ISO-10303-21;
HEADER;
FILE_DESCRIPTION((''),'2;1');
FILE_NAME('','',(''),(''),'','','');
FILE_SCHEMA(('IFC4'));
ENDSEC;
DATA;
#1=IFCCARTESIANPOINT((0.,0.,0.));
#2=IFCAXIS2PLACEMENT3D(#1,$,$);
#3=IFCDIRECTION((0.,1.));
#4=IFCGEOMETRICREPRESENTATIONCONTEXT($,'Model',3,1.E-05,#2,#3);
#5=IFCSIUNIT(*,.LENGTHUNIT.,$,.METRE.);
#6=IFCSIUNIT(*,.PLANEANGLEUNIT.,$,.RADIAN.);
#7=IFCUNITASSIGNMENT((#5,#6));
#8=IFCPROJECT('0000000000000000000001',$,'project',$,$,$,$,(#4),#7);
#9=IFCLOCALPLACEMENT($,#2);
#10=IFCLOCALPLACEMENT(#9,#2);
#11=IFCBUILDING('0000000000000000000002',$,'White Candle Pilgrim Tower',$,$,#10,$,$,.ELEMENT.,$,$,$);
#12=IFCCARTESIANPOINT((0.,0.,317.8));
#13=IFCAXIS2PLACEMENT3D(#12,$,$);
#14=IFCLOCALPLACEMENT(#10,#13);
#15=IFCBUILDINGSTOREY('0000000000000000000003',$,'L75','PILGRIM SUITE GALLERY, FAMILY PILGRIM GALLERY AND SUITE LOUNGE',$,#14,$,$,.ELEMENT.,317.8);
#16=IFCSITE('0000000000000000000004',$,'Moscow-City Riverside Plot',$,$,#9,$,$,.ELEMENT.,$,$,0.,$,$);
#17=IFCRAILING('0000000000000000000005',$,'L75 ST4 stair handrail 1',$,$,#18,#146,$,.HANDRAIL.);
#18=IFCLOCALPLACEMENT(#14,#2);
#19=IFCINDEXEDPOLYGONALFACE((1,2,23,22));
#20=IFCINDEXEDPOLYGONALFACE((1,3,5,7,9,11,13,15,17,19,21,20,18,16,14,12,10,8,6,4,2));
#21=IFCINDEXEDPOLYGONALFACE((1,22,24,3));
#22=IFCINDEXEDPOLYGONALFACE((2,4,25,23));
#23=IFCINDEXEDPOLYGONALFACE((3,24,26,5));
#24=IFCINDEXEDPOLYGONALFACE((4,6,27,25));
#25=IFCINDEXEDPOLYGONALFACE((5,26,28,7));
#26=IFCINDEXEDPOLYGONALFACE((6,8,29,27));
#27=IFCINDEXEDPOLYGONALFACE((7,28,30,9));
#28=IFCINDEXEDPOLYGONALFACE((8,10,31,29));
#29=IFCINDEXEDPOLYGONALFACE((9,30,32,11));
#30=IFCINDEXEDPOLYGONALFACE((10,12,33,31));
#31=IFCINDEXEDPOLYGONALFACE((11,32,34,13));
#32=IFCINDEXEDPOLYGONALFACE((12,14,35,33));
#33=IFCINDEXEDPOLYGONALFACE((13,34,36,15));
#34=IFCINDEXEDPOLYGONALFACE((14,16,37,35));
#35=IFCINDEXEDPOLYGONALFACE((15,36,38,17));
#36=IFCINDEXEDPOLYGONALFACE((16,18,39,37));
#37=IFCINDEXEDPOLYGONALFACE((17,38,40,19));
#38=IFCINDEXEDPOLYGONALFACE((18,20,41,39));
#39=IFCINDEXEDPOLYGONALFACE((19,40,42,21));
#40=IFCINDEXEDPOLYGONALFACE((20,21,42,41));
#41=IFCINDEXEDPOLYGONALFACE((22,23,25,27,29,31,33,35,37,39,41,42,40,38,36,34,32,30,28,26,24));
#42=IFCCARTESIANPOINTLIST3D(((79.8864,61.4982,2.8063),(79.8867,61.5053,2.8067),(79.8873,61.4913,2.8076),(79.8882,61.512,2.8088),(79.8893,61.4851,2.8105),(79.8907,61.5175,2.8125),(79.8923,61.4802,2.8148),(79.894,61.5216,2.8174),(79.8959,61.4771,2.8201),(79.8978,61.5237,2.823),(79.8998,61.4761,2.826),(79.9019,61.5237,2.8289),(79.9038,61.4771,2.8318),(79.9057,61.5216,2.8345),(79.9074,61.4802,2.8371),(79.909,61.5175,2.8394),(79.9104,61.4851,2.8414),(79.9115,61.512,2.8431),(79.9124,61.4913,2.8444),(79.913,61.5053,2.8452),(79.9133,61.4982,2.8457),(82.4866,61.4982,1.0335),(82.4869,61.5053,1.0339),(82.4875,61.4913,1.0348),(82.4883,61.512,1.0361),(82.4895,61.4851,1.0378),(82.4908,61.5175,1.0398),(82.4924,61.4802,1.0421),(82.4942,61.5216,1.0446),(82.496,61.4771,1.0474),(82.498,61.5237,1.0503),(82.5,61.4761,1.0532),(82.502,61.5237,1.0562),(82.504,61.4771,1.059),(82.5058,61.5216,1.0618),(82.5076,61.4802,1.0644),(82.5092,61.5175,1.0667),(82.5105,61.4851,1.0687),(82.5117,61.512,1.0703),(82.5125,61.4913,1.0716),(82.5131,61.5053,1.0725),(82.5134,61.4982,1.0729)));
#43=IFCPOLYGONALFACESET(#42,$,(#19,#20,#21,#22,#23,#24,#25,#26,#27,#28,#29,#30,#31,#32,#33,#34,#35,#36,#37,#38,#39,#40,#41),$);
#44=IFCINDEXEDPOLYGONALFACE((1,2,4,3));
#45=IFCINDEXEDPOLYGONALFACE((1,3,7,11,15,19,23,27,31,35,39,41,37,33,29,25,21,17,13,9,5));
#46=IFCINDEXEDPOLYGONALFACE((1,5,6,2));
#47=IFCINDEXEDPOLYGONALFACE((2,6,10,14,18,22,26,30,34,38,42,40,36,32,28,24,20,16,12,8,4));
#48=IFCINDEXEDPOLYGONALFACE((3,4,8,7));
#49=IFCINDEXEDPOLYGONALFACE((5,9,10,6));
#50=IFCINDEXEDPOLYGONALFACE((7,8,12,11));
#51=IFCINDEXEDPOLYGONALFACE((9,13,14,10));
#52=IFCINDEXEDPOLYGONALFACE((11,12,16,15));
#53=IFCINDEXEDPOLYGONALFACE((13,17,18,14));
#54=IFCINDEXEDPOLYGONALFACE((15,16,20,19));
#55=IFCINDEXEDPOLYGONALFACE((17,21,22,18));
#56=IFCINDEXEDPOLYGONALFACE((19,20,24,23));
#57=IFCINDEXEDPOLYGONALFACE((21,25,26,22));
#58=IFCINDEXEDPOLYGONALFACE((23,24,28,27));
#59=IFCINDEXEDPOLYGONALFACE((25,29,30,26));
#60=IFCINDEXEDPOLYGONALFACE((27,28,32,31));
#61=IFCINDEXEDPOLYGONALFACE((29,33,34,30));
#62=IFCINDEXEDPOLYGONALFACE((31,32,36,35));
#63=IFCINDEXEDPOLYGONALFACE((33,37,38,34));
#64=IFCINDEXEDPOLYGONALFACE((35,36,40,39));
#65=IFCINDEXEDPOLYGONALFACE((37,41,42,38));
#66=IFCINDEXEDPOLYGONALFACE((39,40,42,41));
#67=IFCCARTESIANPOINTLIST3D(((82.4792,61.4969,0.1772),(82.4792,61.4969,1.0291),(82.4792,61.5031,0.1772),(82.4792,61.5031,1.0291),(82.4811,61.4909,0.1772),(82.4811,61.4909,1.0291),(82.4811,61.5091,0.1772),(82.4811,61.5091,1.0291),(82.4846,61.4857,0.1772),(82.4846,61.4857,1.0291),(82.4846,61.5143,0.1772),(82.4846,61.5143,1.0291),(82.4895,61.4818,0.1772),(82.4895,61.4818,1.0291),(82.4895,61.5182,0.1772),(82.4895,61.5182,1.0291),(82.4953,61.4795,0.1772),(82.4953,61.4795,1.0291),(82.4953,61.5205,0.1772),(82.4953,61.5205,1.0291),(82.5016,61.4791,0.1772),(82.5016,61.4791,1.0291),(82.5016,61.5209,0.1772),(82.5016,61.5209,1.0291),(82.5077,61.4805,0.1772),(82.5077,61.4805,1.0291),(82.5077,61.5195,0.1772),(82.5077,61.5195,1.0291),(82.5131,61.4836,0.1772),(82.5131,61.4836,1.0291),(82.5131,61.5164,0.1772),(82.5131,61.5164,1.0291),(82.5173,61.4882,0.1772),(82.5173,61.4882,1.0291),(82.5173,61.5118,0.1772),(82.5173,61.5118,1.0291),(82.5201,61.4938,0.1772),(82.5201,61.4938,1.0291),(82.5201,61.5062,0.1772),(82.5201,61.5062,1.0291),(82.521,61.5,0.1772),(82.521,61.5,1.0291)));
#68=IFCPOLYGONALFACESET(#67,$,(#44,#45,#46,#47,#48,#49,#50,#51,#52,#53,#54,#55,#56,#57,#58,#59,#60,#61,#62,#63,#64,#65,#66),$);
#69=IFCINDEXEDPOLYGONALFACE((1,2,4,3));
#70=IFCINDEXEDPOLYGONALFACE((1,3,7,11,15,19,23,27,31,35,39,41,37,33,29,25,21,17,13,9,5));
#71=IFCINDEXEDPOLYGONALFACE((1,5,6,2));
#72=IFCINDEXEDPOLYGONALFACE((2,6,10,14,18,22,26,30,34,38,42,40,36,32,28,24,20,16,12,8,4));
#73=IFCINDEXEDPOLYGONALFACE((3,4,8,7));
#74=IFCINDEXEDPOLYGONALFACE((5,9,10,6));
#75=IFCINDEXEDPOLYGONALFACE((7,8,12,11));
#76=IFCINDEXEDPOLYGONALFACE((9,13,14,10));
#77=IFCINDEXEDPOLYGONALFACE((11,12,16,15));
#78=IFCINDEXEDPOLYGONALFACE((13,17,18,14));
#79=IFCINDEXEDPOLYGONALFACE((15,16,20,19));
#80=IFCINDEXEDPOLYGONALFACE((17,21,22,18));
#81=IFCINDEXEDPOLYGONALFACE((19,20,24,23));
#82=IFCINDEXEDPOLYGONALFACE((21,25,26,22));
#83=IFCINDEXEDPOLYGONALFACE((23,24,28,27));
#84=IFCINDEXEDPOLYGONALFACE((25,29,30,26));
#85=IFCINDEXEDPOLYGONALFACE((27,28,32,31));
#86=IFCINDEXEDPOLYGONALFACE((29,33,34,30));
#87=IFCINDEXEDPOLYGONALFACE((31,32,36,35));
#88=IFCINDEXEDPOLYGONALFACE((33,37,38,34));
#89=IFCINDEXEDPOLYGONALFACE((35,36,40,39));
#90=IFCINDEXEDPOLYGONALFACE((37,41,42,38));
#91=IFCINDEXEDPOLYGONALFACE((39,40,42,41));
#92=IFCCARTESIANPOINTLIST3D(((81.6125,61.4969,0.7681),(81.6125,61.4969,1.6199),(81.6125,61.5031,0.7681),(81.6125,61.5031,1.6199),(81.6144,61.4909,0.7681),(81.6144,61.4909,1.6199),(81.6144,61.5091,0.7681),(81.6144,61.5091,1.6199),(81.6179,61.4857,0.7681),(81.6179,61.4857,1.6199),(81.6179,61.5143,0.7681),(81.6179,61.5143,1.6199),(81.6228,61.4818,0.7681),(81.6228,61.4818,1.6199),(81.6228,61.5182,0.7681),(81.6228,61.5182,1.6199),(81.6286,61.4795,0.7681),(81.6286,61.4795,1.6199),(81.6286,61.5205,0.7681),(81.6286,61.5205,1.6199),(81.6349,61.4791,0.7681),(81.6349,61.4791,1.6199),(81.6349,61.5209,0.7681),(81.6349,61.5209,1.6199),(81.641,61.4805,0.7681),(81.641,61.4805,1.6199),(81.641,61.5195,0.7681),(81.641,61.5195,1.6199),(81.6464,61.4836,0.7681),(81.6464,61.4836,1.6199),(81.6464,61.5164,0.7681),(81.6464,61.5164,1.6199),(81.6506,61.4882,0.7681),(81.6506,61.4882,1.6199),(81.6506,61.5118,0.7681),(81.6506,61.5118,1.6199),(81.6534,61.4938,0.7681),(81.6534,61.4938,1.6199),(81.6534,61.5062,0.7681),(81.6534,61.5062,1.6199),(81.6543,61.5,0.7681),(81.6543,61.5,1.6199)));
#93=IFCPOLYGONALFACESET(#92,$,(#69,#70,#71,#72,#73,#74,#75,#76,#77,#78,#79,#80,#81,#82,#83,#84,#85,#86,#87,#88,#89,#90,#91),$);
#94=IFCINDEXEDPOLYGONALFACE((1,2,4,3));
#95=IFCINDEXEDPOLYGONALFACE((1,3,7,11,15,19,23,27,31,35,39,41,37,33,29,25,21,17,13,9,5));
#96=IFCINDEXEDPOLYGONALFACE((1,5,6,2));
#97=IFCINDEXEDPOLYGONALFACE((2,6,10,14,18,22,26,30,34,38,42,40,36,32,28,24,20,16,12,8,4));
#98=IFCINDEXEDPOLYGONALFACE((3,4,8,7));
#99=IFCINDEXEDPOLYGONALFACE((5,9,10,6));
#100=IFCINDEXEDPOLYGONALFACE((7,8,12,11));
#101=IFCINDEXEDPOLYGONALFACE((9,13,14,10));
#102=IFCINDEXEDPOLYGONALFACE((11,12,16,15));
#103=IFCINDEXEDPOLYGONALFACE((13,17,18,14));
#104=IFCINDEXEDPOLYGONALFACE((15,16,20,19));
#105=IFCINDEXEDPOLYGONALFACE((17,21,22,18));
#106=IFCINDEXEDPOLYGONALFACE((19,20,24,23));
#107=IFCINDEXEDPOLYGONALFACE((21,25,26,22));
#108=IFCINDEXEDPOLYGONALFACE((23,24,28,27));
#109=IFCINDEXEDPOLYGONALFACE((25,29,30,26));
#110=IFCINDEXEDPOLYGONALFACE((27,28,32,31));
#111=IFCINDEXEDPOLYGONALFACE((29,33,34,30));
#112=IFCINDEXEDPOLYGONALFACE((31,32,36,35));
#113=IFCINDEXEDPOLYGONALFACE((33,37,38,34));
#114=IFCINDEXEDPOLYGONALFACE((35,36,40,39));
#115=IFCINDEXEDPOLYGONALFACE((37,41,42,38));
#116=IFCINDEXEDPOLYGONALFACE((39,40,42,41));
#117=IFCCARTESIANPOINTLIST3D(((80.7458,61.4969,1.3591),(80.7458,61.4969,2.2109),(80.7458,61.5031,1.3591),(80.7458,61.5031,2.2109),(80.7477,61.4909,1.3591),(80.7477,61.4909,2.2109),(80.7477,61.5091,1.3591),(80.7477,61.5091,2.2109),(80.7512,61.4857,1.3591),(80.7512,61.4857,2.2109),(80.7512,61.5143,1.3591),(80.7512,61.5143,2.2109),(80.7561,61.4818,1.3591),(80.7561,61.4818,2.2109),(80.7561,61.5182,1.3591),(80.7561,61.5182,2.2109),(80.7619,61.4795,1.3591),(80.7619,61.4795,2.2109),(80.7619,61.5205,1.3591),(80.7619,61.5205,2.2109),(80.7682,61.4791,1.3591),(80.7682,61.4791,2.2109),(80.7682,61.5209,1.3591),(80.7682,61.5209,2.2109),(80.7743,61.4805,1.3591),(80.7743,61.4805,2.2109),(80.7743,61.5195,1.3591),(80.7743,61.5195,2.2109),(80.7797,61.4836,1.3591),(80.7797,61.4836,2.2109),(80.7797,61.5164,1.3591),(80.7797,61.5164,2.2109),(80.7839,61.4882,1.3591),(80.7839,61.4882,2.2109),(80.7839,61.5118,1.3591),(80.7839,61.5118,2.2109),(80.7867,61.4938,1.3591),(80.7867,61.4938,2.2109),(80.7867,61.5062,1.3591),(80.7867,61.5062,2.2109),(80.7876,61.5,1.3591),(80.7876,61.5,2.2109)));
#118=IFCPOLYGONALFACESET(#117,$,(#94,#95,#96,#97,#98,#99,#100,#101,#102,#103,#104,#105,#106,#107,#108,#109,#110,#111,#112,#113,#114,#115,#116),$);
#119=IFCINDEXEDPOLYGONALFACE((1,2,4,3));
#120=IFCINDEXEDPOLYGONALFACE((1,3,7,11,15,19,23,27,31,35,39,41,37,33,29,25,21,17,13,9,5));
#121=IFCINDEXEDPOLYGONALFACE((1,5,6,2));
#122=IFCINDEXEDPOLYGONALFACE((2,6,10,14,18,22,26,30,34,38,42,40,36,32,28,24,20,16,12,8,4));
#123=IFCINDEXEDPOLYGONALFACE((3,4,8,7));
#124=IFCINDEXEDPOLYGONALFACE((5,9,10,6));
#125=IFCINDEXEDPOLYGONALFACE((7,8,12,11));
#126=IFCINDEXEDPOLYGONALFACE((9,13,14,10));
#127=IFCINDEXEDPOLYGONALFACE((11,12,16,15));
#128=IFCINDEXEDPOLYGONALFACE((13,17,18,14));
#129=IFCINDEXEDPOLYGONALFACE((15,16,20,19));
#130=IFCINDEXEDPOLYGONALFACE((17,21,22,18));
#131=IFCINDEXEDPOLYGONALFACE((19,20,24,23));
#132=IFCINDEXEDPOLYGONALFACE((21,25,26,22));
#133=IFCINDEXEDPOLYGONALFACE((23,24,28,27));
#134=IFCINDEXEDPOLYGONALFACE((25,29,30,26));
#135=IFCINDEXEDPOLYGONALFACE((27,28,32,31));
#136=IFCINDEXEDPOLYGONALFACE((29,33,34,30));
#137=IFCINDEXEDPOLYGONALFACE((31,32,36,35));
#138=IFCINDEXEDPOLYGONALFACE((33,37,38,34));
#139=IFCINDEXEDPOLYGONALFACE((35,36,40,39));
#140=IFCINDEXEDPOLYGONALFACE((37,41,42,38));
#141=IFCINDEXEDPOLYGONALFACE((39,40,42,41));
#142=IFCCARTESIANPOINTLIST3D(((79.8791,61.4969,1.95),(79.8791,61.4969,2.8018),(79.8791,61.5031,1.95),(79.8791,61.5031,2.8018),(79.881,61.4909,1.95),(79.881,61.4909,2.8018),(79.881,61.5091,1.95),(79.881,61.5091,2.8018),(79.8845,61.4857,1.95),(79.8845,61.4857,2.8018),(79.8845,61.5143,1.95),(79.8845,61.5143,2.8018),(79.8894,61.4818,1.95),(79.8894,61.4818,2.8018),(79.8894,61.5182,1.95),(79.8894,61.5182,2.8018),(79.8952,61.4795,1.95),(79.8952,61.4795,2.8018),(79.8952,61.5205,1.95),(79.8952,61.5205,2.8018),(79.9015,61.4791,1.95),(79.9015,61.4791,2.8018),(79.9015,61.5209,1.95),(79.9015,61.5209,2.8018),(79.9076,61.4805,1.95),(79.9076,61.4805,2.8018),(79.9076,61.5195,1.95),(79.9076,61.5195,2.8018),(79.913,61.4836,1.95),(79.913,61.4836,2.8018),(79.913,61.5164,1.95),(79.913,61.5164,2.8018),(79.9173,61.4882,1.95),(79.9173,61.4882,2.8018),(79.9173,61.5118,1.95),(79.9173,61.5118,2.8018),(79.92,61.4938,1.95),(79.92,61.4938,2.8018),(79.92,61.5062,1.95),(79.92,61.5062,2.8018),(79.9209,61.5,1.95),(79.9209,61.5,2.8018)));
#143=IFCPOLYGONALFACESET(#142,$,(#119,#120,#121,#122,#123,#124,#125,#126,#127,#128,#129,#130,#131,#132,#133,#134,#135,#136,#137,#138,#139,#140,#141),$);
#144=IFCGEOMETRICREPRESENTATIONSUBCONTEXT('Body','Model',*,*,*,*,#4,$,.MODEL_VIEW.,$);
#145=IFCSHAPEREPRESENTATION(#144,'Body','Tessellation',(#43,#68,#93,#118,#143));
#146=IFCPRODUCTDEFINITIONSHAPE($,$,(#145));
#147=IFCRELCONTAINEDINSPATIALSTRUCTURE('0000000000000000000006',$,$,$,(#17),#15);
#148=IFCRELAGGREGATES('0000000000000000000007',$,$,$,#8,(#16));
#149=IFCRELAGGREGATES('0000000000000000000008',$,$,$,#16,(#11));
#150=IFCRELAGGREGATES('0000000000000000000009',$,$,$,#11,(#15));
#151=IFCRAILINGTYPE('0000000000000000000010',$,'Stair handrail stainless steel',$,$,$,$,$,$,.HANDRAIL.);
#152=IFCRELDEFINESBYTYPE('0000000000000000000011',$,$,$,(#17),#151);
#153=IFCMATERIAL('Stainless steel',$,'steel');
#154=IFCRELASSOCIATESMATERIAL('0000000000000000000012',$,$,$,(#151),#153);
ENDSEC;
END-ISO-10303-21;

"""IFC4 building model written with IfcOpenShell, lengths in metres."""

from ifc_helpers import new_model, si_unit, direction, frame, origin, origin_2d, place, context, subcontext, project, spatial, circle, extrude, material, type_object, element, save


model = new_model("IFC4")

# Units and contexts
model_context = context("Model", 3, precision=1e-05, world=origin(), true_north=direction((0.0, 1.0)))
body_context = subcontext(model_context, "Body", "Model", "MODEL_VIEW")
ifc_project = project(units=[si_unit("LENGTHUNIT", "METRE"), si_unit("PLANEANGLEUNIT", "RADIAN")], contexts=[model_context])

# Site, building, storey
site_placement = place(None, origin())
site = spatial("IfcSite", under=ifc_project, at=site_placement, Name="Moscow-City Riverside Plot", CompositionType="ELEMENT", RefElevation=0.0)
building_placement = place(site_placement, origin())
building = spatial("IfcBuilding", under=site, at=building_placement, Name="White Candle Pilgrim Tower", CompositionType="ELEMENT")
storey_placement = place(building_placement, frame((0.0, 0.0, 317.8)))
storey = spatial("IfcBuildingStorey", under=building, at=storey_placement, Name="L75", Description="PILGRIM SUITE GALLERY, FAMILY PILGRIM GALLERY AND SUITE LOUNGE", CompositionType="ELEMENT", Elevation=317.8)

# Railing
ifc_material_1 = material(Name="Stainless steel", Category="steel")
railing_type_1 = type_object("IfcRailingType", Name="Stair handrail stainless steel", PredefinedType="HANDRAIL", material=ifc_material_1)
railing_1_placement = place(storey_placement, frame((82.5, 61.5, 0.1772)))
element("IfcRailing", 1, at=railing_1_placement, inside=storey, type_object=railing_type_1, Name="L75 ST4 stair handrail 1", PredefinedType="HANDRAIL", context=body_context, shape_type="SweptSolid", body=[
    extrude(circle(Radius=0.0239, at=origin_2d()), frame((0.0, 0.0, 0.876), z_axis=(-0.82624, 0.0, 0.563318), x_axis=(0.0, -1.0, 0.0)), (0.0, 0.0, 1.0), 3.147),
    extrude(circle(Radius=0.021, at=origin_2d()), origin(), (0.0, 0.0, 1.0), 0.8518),
    extrude(circle(Radius=0.021, at=origin_2d()), frame((-0.8667, 0.0, 0.5908)), (0.0, 0.0, 1.0), 0.8518),
    extrude(circle(Radius=0.021, at=origin_2d()), frame((-1.7334, 0.0, 1.1819)), (0.0, 0.0, 1.0), 0.8518),
    extrude(circle(Radius=0.021, at=origin_2d()), frame((-2.6001, 0.0, 1.7727)), (0.0, 0.0, 1.0), 0.8518),
])

save(model, "model.ifc")
